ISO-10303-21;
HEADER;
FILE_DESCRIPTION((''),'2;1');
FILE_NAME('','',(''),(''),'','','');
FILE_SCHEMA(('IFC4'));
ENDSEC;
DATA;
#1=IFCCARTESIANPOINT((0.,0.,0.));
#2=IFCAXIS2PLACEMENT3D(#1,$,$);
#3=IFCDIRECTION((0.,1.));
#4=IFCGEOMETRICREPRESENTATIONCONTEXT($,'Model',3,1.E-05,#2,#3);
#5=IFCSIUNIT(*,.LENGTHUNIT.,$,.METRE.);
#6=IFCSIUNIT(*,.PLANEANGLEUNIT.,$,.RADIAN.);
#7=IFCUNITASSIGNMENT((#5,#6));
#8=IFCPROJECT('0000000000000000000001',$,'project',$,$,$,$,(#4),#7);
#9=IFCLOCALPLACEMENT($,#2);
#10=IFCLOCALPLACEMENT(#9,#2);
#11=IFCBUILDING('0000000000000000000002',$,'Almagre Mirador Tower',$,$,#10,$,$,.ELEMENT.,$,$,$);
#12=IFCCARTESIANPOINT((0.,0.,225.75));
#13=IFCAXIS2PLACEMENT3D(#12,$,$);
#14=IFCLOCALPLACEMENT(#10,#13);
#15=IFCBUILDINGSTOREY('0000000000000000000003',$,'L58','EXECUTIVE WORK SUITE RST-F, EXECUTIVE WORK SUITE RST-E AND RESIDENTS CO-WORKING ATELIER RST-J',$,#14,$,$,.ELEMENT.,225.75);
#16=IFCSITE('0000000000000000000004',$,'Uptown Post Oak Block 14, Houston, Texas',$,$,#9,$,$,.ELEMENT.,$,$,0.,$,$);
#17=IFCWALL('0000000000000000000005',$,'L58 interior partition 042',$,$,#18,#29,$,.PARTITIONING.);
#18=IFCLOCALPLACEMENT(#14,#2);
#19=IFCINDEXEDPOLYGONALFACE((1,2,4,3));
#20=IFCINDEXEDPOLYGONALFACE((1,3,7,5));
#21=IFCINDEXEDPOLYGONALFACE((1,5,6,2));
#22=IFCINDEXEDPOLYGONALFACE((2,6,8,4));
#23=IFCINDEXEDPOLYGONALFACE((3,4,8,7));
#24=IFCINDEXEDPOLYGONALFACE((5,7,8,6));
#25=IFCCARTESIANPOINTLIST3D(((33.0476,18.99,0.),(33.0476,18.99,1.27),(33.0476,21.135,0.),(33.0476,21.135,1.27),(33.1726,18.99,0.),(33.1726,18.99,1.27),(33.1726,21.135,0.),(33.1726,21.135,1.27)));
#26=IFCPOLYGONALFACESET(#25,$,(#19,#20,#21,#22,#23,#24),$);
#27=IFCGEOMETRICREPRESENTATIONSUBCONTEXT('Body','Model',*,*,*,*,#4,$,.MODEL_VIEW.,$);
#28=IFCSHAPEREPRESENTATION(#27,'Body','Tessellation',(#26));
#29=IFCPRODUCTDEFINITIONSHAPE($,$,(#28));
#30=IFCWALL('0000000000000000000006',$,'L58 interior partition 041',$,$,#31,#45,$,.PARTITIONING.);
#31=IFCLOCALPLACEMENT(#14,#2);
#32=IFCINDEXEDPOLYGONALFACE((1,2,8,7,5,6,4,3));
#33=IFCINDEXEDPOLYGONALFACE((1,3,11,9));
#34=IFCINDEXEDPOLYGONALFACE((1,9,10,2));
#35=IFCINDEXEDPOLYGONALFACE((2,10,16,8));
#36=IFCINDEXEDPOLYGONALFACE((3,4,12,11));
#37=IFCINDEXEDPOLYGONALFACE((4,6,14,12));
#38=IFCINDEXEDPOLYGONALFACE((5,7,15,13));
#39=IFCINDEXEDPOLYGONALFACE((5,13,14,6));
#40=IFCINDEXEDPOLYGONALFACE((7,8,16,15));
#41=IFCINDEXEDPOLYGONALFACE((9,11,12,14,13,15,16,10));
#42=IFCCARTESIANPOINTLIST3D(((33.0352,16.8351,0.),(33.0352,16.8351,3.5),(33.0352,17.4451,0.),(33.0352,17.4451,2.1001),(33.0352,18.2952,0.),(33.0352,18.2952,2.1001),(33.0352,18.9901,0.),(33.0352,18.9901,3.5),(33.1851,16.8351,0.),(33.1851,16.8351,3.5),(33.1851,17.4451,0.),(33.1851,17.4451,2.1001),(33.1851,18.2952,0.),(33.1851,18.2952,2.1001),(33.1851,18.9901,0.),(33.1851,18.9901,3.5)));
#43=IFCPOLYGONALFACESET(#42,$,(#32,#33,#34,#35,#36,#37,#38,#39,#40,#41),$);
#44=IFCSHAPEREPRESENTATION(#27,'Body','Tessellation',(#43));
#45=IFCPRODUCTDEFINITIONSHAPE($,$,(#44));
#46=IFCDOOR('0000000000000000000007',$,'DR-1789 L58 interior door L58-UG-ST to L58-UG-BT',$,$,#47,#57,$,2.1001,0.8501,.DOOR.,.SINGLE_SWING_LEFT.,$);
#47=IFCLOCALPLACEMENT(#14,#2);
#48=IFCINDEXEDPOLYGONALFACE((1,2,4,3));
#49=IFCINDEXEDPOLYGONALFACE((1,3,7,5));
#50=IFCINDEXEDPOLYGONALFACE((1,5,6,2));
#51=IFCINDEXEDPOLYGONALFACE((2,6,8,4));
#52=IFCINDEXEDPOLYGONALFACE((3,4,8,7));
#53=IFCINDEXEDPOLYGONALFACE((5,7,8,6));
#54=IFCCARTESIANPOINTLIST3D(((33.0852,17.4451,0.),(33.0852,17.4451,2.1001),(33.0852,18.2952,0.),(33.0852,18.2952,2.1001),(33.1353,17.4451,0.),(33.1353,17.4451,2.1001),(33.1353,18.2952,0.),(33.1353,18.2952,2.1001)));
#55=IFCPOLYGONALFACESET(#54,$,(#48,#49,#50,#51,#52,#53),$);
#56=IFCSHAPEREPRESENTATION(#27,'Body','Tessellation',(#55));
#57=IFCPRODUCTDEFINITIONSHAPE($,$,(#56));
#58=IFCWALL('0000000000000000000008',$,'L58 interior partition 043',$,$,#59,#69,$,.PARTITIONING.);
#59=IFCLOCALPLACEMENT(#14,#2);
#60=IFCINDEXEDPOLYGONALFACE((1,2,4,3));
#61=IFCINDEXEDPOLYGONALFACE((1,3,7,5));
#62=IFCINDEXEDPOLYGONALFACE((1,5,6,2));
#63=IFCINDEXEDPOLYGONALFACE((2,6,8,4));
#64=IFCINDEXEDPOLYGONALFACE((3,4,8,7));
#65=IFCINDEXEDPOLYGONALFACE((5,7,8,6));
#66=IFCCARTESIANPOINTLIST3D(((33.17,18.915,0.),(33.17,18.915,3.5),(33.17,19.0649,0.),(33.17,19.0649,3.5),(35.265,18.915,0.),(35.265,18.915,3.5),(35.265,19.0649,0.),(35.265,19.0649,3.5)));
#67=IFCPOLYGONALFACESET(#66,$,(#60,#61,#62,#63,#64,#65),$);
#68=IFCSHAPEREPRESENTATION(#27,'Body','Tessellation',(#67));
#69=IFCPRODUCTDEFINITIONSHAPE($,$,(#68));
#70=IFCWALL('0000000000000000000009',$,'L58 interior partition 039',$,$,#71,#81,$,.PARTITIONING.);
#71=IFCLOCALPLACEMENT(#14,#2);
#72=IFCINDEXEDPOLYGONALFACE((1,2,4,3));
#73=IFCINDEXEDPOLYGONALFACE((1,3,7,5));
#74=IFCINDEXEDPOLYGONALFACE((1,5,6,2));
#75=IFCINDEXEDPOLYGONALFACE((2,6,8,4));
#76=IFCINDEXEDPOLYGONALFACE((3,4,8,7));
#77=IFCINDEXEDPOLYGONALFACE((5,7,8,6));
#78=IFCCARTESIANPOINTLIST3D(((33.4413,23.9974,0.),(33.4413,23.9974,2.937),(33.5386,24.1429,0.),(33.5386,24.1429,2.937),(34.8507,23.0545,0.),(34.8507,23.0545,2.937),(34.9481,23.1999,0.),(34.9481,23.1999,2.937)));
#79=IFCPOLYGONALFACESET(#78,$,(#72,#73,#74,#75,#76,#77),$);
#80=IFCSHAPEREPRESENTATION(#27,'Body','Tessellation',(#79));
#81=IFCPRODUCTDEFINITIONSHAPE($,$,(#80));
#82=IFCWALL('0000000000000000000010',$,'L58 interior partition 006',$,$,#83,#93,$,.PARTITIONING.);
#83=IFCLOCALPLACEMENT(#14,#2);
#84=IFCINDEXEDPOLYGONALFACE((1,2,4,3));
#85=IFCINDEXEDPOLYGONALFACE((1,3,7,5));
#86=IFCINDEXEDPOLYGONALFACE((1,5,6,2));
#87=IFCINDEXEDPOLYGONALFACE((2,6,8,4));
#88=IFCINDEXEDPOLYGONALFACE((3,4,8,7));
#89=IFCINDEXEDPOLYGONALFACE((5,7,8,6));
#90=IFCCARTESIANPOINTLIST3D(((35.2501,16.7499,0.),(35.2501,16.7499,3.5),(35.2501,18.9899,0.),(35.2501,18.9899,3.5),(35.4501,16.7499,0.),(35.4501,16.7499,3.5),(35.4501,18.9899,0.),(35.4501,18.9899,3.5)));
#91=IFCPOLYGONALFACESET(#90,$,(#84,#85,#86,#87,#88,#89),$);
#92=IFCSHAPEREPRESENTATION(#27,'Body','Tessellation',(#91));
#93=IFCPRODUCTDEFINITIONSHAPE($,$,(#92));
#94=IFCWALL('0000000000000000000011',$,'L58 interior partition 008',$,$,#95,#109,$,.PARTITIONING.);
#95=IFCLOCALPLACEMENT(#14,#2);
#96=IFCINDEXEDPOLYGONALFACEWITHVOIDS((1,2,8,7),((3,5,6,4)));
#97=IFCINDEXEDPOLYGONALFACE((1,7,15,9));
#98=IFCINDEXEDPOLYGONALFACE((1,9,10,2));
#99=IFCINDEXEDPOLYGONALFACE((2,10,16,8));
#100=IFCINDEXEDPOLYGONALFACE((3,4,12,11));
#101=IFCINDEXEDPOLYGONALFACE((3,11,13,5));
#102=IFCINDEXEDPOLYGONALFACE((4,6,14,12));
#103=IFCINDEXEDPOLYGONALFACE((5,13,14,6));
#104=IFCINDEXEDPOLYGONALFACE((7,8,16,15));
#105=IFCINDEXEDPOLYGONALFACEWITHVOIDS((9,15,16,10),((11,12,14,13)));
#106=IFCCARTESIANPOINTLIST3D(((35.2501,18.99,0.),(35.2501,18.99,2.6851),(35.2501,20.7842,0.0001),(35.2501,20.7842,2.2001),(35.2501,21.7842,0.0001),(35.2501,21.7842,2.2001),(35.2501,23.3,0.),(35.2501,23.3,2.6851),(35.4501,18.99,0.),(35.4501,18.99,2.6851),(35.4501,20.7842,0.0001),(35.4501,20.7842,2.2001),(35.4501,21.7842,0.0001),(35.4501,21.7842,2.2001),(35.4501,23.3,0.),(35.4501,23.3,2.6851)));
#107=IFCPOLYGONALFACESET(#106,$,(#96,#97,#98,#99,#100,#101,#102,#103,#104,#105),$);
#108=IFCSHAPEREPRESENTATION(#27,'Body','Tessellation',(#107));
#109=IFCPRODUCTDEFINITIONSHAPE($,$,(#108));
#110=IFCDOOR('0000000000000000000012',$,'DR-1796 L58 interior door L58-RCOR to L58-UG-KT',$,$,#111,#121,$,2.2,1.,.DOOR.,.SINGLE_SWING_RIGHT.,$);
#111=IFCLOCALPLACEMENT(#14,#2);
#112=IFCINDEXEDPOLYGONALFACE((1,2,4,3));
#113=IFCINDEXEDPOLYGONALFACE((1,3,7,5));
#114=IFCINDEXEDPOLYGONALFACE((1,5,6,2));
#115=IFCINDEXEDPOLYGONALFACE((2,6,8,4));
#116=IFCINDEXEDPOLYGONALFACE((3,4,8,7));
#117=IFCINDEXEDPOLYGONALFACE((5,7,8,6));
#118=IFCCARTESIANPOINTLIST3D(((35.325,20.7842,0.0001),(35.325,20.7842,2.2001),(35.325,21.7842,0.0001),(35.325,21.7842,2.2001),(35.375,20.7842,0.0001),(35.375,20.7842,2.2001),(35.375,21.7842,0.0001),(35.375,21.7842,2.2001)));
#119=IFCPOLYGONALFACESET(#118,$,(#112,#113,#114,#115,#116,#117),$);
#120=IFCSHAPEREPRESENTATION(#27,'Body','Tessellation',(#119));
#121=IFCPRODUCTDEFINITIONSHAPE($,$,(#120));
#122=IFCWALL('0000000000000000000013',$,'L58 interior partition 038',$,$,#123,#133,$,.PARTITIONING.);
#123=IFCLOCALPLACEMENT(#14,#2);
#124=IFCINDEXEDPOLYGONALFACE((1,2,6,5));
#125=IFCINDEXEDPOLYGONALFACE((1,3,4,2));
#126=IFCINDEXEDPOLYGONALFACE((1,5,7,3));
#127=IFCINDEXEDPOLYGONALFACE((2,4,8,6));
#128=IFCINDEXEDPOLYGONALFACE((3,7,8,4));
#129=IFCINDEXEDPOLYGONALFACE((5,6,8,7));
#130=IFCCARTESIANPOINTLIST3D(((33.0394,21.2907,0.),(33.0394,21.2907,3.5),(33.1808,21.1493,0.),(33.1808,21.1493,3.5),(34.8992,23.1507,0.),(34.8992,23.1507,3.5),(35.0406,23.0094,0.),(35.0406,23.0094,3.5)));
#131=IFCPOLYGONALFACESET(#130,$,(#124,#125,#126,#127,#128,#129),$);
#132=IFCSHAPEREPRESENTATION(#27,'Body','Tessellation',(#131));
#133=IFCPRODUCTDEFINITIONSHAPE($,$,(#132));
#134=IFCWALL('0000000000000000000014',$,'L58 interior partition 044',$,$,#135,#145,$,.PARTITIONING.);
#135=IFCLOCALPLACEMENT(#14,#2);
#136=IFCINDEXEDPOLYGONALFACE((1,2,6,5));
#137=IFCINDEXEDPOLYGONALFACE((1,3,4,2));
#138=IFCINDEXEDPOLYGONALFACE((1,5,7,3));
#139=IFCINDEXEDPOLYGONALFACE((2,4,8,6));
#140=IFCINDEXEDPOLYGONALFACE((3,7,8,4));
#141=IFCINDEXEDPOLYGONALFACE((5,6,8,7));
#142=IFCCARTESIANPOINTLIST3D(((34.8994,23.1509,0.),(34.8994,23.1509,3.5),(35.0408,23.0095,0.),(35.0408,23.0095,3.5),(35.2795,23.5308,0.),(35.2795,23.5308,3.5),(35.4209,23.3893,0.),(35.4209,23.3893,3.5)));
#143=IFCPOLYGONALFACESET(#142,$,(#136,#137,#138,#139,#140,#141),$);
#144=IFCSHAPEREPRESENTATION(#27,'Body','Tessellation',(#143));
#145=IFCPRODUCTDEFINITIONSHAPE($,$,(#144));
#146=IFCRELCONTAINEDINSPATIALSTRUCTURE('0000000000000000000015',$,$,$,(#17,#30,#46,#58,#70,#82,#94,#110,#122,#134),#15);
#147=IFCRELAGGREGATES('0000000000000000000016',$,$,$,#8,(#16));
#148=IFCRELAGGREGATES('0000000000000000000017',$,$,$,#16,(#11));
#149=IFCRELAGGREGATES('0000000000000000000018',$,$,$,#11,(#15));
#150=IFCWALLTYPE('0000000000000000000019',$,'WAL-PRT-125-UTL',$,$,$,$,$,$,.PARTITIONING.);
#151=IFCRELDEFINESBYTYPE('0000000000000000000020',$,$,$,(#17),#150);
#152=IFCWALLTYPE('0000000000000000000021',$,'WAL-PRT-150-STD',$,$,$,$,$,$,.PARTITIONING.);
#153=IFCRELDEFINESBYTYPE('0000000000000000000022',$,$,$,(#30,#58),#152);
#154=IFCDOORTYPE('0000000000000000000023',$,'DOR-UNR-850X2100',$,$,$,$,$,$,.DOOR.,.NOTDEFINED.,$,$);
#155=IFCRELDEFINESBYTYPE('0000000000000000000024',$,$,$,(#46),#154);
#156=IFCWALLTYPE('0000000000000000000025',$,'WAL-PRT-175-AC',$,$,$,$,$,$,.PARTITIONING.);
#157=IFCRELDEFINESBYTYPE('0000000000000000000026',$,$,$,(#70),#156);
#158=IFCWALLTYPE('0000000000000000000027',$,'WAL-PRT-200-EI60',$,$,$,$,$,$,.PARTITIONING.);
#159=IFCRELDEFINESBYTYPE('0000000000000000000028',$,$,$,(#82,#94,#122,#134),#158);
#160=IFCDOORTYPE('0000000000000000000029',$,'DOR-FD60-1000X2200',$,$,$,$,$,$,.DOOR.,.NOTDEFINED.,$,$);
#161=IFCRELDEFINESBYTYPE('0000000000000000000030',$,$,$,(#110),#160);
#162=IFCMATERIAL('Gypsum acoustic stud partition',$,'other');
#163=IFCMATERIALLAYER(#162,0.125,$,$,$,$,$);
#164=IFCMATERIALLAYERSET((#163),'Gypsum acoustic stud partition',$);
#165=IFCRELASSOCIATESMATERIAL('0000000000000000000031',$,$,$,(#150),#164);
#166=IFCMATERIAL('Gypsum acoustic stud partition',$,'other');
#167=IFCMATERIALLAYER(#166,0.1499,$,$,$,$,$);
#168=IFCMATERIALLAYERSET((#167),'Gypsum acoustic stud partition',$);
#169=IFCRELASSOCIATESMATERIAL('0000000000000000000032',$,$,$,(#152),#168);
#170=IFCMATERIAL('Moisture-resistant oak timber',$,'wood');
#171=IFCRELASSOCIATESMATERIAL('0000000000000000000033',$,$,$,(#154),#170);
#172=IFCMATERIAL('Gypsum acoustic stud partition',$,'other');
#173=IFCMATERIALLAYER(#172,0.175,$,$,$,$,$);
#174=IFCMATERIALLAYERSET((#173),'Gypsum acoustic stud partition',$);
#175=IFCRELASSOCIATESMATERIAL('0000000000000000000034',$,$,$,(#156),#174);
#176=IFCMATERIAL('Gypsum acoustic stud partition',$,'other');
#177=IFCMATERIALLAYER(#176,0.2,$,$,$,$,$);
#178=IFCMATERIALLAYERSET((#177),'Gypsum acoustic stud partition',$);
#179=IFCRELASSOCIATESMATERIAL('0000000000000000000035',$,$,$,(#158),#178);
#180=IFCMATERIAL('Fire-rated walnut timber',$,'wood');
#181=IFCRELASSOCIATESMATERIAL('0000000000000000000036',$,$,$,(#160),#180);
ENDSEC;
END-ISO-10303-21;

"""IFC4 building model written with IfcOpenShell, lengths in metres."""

from ifc_helpers import new_model, si_unit, direction, frame, frame_2d, origin, place, context, subcontext, project, spatial, rectangle, extrude, material, layer, layer_set, type_object, element, fill, save


model = new_model("IFC4")

# Units and contexts
model_context = context("Model", 3, precision=1e-05, world=origin(), true_north=direction((0.0, 1.0)))
body_context = subcontext(model_context, "Body", "Model", "MODEL_VIEW")
ifc_project = project(units=[si_unit("LENGTHUNIT", "METRE"), si_unit("PLANEANGLEUNIT", "RADIAN")], contexts=[model_context])

# Site, building, storey
site_placement = place(None, origin())
site = spatial("IfcSite", under=ifc_project, at=site_placement, Name="Uptown Post Oak Block 14, Houston, Texas", CompositionType="ELEMENT", RefElevation=0.0)
building_placement = place(site_placement, origin())
building = spatial("IfcBuilding", under=site, at=building_placement, Name="Almagre Mirador Tower", CompositionType="ELEMENT")
storey_placement = place(building_placement, frame((0.0, 0.0, 225.75)))
storey = spatial("IfcBuildingStorey", under=building, at=storey_placement, Name="L58", Description="EXECUTIVE WORK SUITE RST-F, EXECUTIVE WORK SUITE RST-E AND RESIDENTS CO-WORKING ATELIER RST-J", CompositionType="ELEMENT", Elevation=225.75)

# Wall
ifc_material_1 = material(Name="Gypsum acoustic stud partition", Category="other")
ifc_layer_1 = layer(ifc_material_1, 0.125)
ifc_layer_set_1 = layer_set([ifc_layer_1], Name="Gypsum acoustic stud partition")
wall_type_1 = type_object("IfcWallType", Name="WAL-PRT-125-UTL", PredefinedType="PARTITIONING", material=ifc_layer_set_1)
wall_1_placement = place(storey_placement, frame((33.1101, 18.99, 0.0), z_axis=(0.0, 0.0, 1.0), x_axis=(0.0, 1.0, 0.0)))
element("IfcWall", 1, at=wall_1_placement, inside=storey, type_object=wall_type_1, Name="L58 interior partition 042", PredefinedType="PARTITIONING", context=body_context, shape_type="SweptSolid", body=[
    extrude(rectangle(XDim=2.145, YDim=0.125, at=frame_2d((1.0725, 0.0))), origin(), (0.0, 0.0, 1.0), 1.27),
])

# Wall, opening, door
ifc_material_2 = material(Name="Gypsum acoustic stud partition", Category="other")
ifc_layer_2 = layer(ifc_material_2, 0.1499)
ifc_layer_set_2 = layer_set([ifc_layer_2], Name="Gypsum acoustic stud partition")
wall_type_2 = type_object("IfcWallType", Name="WAL-PRT-150-STD", PredefinedType="PARTITIONING", material=ifc_layer_set_2)
wall_2_placement = place(storey_placement, frame((33.1101, 16.835, 0.0), z_axis=(0.0, 0.0, 1.0), x_axis=(0.0, 1.0, 0.0)))
wall_2 = element("IfcWall", 2, at=wall_2_placement, inside=storey, type_object=wall_type_2, Name="L58 interior partition 041", PredefinedType="PARTITIONING", context=body_context, shape_type="SweptSolid", body=[
    extrude(rectangle(XDim=2.155, YDim=0.1499, at=frame_2d((1.0776, 0.0))), origin(), (0.0, 0.0, 1.0), 3.5),
])
opening_1_placement = place(wall_2_placement, frame((0.6101, 0.0, 0.0)))
opening_1 = element("IfcOpeningElement", 3, at=opening_1_placement, cuts=wall_2, PredefinedType="OPENING", context=body_context, shape_type="SweptSolid", body=[
    extrude(rectangle(XDim=0.8501, YDim=2.1001, at=frame_2d((0.425, 1.05))), frame((0.0, 0.085, 0.0), z_axis=(0.0, -1.0, 0.0), x_axis=(1.0, 0.0, 0.0)), (0.0, 0.0, 1.0), 0.1699),
])
ifc_material_3 = material(Name="Moisture-resistant oak timber", Category="wood")
door_type_1 = type_object("IfcDoorType", Name="DOR-UNR-850X2100", OperationType="NOTDEFINED", PredefinedType="DOOR", material=ifc_material_3)
door_1_placement = place(opening_1_placement, origin())
door_1 = element("IfcDoor", 4, at=door_1_placement, inside=storey, type_object=door_type_1, Name="DR-1789 L58 interior door L58-UG-ST to L58-UG-BT", OperationType="SINGLE_SWING_LEFT", OverallHeight=2.1001, OverallWidth=0.8501, PredefinedType="DOOR", context=body_context, shape_type="SweptSolid", body=[
    extrude(rectangle(XDim=0.8501, YDim=2.1001, at=frame_2d((0.425, 1.05))), frame((0.0, 0.0249, 0.0), z_axis=(0.0, -1.0, 0.0), x_axis=(1.0, 0.0, 0.0)), (0.0, 0.0, 1.0), 0.05),
])
fill(opening_1, door_1)

# Walls
wall_3_placement = place(storey_placement, frame((35.2649, 18.99, 0.0), z_axis=(0.0, 0.0, 1.0), x_axis=(-1.0, 0.0, 0.0)))
element("IfcWall", 5, at=wall_3_placement, inside=storey, type_object=wall_type_2, Name="L58 interior partition 043", PredefinedType="PARTITIONING", context=body_context, shape_type="SweptSolid", body=[
    extrude(rectangle(XDim=2.095, YDim=0.1499, at=frame_2d((1.0474, 0.0))), origin(), (0.0, 0.0, 1.0), 3.5),
])
ifc_material_4 = material(Name="Gypsum acoustic stud partition", Category="other")
ifc_layer_3 = layer(ifc_material_4, 0.175)
ifc_layer_set_3 = layer_set([ifc_layer_3], Name="Gypsum acoustic stud partition")
wall_type_3 = type_object("IfcWallType", Name="WAL-PRT-175-AC", PredefinedType="PARTITIONING", material=ifc_layer_set_3)
wall_4_placement = place(storey_placement, frame((34.8994, 23.1272, 0.0), z_axis=(0.0, 0.0, 1.0), x_axis=(-0.831163, 0.556028, 0.0)))
element("IfcWall", 6, at=wall_4_placement, inside=storey, type_object=wall_type_3, Name="L58 interior partition 039", PredefinedType="PARTITIONING", context=body_context, shape_type="SweptSolid", body=[
    extrude(rectangle(XDim=1.6958, YDim=0.175, at=frame_2d((0.8479, 0.0))), origin(), (0.0, 0.0, 1.0), 2.937),
])
ifc_material_5 = material(Name="Gypsum acoustic stud partition", Category="other")
ifc_layer_4 = layer(ifc_material_5, 0.2)
ifc_layer_set_4 = layer_set([ifc_layer_4], Name="Gypsum acoustic stud partition")
wall_type_4 = type_object("IfcWallType", Name="WAL-PRT-200-EI60", PredefinedType="PARTITIONING", material=ifc_layer_set_4)
wall_5_placement = place(storey_placement, frame((35.3501, 18.99, 0.0), z_axis=(0.0, 0.0, 1.0), x_axis=(0.0, -1.0, 0.0)))
element("IfcWall", 7, at=wall_5_placement, inside=storey, type_object=wall_type_4, Name="L58 interior partition 006", PredefinedType="PARTITIONING", context=body_context, shape_type="SweptSolid", body=[
    extrude(rectangle(XDim=2.24, YDim=0.2, at=frame_2d((1.1201, 0.0))), origin(), (0.0, 0.0, 1.0), 3.5),
])

# Wall, opening, door
wall_6_placement = place(storey_placement, frame((35.3501, 23.3, 0.0), z_axis=(0.0, 0.0, 1.0), x_axis=(0.0, -1.0, 0.0)))
wall_6 = element("IfcWall", 8, at=wall_6_placement, inside=storey, type_object=wall_type_4, Name="L58 interior partition 008", PredefinedType="PARTITIONING", context=body_context, shape_type="SweptSolid", body=[
    extrude(rectangle(XDim=4.3101, YDim=0.2, at=frame_2d((2.155, 0.0))), origin(), (0.0, 0.0, 1.0), 2.6851),
])
opening_2_placement = place(wall_6_placement, frame((1.5159, 0.0, 0.0)))
opening_2 = element("IfcOpeningElement", 9, at=opening_2_placement, cuts=wall_6, PredefinedType="OPENING", context=body_context, shape_type="SweptSolid", body=[
    extrude(rectangle(XDim=1.0, YDim=2.2, at=frame_2d((0.5, 1.1001))), frame((0.0, 0.1101, 0.0), z_axis=(0.0, -1.0, 0.0), x_axis=(1.0, 0.0, 0.0)), (0.0, 0.0, 1.0), 0.22),
])
ifc_material_6 = material(Name="Fire-rated walnut timber", Category="wood")
door_type_2 = type_object("IfcDoorType", Name="DOR-FD60-1000X2200", OperationType="NOTDEFINED", PredefinedType="DOOR", material=ifc_material_6)
door_2_placement = place(opening_2_placement, origin())
door_2 = element("IfcDoor", 10, at=door_2_placement, inside=storey, type_object=door_type_2, Name="DR-1796 L58 interior door L58-RCOR to L58-UG-KT", OperationType="SINGLE_SWING_RIGHT", OverallHeight=2.2, OverallWidth=1.0, PredefinedType="DOOR", context=body_context, shape_type="SweptSolid", body=[
    extrude(rectangle(XDim=1.0, YDim=2.2, at=frame_2d((0.5, 1.1001))), frame((0.0, 0.0249, 0.0), z_axis=(0.0, -1.0, 0.0), x_axis=(1.0, 0.0, 0.0)), (0.0, 0.0, 1.0), 0.05),
])
fill(opening_2, door_2)

# Walls
wall_7_placement = place(storey_placement, frame((33.1101, 21.22, 0.0), z_axis=(0.0, 0.0, 1.0), x_axis=(0.70706, 0.707153, 0.0)))
element("IfcWall", 11, at=wall_7_placement, inside=storey, type_object=wall_type_4, Name="L58 interior partition 038", PredefinedType="PARTITIONING", context=body_context, shape_type="SweptSolid", body=[
    extrude(rectangle(XDim=2.6304, YDim=0.2, at=frame_2d((1.3152, 0.0))), origin(), (0.0, 0.0, 1.0), 3.5),
])
wall_8_placement = place(storey_placement, frame((35.3501, 23.46, 0.0), z_axis=(0.0, 0.0, 1.0), x_axis=(-0.707334, -0.70688, 0.0)))
element("IfcWall", 12, at=wall_8_placement, inside=storey, type_object=wall_type_4, Name="L58 interior partition 044", PredefinedType="PARTITIONING", context=body_context, shape_type="SweptSolid", body=[
    extrude(rectangle(XDim=0.5374, YDim=0.2, at=frame_2d((0.2686, 0.0))), origin(), (0.0, 0.0, 1.0), 3.5),
])

save(model, "model.ifc")
